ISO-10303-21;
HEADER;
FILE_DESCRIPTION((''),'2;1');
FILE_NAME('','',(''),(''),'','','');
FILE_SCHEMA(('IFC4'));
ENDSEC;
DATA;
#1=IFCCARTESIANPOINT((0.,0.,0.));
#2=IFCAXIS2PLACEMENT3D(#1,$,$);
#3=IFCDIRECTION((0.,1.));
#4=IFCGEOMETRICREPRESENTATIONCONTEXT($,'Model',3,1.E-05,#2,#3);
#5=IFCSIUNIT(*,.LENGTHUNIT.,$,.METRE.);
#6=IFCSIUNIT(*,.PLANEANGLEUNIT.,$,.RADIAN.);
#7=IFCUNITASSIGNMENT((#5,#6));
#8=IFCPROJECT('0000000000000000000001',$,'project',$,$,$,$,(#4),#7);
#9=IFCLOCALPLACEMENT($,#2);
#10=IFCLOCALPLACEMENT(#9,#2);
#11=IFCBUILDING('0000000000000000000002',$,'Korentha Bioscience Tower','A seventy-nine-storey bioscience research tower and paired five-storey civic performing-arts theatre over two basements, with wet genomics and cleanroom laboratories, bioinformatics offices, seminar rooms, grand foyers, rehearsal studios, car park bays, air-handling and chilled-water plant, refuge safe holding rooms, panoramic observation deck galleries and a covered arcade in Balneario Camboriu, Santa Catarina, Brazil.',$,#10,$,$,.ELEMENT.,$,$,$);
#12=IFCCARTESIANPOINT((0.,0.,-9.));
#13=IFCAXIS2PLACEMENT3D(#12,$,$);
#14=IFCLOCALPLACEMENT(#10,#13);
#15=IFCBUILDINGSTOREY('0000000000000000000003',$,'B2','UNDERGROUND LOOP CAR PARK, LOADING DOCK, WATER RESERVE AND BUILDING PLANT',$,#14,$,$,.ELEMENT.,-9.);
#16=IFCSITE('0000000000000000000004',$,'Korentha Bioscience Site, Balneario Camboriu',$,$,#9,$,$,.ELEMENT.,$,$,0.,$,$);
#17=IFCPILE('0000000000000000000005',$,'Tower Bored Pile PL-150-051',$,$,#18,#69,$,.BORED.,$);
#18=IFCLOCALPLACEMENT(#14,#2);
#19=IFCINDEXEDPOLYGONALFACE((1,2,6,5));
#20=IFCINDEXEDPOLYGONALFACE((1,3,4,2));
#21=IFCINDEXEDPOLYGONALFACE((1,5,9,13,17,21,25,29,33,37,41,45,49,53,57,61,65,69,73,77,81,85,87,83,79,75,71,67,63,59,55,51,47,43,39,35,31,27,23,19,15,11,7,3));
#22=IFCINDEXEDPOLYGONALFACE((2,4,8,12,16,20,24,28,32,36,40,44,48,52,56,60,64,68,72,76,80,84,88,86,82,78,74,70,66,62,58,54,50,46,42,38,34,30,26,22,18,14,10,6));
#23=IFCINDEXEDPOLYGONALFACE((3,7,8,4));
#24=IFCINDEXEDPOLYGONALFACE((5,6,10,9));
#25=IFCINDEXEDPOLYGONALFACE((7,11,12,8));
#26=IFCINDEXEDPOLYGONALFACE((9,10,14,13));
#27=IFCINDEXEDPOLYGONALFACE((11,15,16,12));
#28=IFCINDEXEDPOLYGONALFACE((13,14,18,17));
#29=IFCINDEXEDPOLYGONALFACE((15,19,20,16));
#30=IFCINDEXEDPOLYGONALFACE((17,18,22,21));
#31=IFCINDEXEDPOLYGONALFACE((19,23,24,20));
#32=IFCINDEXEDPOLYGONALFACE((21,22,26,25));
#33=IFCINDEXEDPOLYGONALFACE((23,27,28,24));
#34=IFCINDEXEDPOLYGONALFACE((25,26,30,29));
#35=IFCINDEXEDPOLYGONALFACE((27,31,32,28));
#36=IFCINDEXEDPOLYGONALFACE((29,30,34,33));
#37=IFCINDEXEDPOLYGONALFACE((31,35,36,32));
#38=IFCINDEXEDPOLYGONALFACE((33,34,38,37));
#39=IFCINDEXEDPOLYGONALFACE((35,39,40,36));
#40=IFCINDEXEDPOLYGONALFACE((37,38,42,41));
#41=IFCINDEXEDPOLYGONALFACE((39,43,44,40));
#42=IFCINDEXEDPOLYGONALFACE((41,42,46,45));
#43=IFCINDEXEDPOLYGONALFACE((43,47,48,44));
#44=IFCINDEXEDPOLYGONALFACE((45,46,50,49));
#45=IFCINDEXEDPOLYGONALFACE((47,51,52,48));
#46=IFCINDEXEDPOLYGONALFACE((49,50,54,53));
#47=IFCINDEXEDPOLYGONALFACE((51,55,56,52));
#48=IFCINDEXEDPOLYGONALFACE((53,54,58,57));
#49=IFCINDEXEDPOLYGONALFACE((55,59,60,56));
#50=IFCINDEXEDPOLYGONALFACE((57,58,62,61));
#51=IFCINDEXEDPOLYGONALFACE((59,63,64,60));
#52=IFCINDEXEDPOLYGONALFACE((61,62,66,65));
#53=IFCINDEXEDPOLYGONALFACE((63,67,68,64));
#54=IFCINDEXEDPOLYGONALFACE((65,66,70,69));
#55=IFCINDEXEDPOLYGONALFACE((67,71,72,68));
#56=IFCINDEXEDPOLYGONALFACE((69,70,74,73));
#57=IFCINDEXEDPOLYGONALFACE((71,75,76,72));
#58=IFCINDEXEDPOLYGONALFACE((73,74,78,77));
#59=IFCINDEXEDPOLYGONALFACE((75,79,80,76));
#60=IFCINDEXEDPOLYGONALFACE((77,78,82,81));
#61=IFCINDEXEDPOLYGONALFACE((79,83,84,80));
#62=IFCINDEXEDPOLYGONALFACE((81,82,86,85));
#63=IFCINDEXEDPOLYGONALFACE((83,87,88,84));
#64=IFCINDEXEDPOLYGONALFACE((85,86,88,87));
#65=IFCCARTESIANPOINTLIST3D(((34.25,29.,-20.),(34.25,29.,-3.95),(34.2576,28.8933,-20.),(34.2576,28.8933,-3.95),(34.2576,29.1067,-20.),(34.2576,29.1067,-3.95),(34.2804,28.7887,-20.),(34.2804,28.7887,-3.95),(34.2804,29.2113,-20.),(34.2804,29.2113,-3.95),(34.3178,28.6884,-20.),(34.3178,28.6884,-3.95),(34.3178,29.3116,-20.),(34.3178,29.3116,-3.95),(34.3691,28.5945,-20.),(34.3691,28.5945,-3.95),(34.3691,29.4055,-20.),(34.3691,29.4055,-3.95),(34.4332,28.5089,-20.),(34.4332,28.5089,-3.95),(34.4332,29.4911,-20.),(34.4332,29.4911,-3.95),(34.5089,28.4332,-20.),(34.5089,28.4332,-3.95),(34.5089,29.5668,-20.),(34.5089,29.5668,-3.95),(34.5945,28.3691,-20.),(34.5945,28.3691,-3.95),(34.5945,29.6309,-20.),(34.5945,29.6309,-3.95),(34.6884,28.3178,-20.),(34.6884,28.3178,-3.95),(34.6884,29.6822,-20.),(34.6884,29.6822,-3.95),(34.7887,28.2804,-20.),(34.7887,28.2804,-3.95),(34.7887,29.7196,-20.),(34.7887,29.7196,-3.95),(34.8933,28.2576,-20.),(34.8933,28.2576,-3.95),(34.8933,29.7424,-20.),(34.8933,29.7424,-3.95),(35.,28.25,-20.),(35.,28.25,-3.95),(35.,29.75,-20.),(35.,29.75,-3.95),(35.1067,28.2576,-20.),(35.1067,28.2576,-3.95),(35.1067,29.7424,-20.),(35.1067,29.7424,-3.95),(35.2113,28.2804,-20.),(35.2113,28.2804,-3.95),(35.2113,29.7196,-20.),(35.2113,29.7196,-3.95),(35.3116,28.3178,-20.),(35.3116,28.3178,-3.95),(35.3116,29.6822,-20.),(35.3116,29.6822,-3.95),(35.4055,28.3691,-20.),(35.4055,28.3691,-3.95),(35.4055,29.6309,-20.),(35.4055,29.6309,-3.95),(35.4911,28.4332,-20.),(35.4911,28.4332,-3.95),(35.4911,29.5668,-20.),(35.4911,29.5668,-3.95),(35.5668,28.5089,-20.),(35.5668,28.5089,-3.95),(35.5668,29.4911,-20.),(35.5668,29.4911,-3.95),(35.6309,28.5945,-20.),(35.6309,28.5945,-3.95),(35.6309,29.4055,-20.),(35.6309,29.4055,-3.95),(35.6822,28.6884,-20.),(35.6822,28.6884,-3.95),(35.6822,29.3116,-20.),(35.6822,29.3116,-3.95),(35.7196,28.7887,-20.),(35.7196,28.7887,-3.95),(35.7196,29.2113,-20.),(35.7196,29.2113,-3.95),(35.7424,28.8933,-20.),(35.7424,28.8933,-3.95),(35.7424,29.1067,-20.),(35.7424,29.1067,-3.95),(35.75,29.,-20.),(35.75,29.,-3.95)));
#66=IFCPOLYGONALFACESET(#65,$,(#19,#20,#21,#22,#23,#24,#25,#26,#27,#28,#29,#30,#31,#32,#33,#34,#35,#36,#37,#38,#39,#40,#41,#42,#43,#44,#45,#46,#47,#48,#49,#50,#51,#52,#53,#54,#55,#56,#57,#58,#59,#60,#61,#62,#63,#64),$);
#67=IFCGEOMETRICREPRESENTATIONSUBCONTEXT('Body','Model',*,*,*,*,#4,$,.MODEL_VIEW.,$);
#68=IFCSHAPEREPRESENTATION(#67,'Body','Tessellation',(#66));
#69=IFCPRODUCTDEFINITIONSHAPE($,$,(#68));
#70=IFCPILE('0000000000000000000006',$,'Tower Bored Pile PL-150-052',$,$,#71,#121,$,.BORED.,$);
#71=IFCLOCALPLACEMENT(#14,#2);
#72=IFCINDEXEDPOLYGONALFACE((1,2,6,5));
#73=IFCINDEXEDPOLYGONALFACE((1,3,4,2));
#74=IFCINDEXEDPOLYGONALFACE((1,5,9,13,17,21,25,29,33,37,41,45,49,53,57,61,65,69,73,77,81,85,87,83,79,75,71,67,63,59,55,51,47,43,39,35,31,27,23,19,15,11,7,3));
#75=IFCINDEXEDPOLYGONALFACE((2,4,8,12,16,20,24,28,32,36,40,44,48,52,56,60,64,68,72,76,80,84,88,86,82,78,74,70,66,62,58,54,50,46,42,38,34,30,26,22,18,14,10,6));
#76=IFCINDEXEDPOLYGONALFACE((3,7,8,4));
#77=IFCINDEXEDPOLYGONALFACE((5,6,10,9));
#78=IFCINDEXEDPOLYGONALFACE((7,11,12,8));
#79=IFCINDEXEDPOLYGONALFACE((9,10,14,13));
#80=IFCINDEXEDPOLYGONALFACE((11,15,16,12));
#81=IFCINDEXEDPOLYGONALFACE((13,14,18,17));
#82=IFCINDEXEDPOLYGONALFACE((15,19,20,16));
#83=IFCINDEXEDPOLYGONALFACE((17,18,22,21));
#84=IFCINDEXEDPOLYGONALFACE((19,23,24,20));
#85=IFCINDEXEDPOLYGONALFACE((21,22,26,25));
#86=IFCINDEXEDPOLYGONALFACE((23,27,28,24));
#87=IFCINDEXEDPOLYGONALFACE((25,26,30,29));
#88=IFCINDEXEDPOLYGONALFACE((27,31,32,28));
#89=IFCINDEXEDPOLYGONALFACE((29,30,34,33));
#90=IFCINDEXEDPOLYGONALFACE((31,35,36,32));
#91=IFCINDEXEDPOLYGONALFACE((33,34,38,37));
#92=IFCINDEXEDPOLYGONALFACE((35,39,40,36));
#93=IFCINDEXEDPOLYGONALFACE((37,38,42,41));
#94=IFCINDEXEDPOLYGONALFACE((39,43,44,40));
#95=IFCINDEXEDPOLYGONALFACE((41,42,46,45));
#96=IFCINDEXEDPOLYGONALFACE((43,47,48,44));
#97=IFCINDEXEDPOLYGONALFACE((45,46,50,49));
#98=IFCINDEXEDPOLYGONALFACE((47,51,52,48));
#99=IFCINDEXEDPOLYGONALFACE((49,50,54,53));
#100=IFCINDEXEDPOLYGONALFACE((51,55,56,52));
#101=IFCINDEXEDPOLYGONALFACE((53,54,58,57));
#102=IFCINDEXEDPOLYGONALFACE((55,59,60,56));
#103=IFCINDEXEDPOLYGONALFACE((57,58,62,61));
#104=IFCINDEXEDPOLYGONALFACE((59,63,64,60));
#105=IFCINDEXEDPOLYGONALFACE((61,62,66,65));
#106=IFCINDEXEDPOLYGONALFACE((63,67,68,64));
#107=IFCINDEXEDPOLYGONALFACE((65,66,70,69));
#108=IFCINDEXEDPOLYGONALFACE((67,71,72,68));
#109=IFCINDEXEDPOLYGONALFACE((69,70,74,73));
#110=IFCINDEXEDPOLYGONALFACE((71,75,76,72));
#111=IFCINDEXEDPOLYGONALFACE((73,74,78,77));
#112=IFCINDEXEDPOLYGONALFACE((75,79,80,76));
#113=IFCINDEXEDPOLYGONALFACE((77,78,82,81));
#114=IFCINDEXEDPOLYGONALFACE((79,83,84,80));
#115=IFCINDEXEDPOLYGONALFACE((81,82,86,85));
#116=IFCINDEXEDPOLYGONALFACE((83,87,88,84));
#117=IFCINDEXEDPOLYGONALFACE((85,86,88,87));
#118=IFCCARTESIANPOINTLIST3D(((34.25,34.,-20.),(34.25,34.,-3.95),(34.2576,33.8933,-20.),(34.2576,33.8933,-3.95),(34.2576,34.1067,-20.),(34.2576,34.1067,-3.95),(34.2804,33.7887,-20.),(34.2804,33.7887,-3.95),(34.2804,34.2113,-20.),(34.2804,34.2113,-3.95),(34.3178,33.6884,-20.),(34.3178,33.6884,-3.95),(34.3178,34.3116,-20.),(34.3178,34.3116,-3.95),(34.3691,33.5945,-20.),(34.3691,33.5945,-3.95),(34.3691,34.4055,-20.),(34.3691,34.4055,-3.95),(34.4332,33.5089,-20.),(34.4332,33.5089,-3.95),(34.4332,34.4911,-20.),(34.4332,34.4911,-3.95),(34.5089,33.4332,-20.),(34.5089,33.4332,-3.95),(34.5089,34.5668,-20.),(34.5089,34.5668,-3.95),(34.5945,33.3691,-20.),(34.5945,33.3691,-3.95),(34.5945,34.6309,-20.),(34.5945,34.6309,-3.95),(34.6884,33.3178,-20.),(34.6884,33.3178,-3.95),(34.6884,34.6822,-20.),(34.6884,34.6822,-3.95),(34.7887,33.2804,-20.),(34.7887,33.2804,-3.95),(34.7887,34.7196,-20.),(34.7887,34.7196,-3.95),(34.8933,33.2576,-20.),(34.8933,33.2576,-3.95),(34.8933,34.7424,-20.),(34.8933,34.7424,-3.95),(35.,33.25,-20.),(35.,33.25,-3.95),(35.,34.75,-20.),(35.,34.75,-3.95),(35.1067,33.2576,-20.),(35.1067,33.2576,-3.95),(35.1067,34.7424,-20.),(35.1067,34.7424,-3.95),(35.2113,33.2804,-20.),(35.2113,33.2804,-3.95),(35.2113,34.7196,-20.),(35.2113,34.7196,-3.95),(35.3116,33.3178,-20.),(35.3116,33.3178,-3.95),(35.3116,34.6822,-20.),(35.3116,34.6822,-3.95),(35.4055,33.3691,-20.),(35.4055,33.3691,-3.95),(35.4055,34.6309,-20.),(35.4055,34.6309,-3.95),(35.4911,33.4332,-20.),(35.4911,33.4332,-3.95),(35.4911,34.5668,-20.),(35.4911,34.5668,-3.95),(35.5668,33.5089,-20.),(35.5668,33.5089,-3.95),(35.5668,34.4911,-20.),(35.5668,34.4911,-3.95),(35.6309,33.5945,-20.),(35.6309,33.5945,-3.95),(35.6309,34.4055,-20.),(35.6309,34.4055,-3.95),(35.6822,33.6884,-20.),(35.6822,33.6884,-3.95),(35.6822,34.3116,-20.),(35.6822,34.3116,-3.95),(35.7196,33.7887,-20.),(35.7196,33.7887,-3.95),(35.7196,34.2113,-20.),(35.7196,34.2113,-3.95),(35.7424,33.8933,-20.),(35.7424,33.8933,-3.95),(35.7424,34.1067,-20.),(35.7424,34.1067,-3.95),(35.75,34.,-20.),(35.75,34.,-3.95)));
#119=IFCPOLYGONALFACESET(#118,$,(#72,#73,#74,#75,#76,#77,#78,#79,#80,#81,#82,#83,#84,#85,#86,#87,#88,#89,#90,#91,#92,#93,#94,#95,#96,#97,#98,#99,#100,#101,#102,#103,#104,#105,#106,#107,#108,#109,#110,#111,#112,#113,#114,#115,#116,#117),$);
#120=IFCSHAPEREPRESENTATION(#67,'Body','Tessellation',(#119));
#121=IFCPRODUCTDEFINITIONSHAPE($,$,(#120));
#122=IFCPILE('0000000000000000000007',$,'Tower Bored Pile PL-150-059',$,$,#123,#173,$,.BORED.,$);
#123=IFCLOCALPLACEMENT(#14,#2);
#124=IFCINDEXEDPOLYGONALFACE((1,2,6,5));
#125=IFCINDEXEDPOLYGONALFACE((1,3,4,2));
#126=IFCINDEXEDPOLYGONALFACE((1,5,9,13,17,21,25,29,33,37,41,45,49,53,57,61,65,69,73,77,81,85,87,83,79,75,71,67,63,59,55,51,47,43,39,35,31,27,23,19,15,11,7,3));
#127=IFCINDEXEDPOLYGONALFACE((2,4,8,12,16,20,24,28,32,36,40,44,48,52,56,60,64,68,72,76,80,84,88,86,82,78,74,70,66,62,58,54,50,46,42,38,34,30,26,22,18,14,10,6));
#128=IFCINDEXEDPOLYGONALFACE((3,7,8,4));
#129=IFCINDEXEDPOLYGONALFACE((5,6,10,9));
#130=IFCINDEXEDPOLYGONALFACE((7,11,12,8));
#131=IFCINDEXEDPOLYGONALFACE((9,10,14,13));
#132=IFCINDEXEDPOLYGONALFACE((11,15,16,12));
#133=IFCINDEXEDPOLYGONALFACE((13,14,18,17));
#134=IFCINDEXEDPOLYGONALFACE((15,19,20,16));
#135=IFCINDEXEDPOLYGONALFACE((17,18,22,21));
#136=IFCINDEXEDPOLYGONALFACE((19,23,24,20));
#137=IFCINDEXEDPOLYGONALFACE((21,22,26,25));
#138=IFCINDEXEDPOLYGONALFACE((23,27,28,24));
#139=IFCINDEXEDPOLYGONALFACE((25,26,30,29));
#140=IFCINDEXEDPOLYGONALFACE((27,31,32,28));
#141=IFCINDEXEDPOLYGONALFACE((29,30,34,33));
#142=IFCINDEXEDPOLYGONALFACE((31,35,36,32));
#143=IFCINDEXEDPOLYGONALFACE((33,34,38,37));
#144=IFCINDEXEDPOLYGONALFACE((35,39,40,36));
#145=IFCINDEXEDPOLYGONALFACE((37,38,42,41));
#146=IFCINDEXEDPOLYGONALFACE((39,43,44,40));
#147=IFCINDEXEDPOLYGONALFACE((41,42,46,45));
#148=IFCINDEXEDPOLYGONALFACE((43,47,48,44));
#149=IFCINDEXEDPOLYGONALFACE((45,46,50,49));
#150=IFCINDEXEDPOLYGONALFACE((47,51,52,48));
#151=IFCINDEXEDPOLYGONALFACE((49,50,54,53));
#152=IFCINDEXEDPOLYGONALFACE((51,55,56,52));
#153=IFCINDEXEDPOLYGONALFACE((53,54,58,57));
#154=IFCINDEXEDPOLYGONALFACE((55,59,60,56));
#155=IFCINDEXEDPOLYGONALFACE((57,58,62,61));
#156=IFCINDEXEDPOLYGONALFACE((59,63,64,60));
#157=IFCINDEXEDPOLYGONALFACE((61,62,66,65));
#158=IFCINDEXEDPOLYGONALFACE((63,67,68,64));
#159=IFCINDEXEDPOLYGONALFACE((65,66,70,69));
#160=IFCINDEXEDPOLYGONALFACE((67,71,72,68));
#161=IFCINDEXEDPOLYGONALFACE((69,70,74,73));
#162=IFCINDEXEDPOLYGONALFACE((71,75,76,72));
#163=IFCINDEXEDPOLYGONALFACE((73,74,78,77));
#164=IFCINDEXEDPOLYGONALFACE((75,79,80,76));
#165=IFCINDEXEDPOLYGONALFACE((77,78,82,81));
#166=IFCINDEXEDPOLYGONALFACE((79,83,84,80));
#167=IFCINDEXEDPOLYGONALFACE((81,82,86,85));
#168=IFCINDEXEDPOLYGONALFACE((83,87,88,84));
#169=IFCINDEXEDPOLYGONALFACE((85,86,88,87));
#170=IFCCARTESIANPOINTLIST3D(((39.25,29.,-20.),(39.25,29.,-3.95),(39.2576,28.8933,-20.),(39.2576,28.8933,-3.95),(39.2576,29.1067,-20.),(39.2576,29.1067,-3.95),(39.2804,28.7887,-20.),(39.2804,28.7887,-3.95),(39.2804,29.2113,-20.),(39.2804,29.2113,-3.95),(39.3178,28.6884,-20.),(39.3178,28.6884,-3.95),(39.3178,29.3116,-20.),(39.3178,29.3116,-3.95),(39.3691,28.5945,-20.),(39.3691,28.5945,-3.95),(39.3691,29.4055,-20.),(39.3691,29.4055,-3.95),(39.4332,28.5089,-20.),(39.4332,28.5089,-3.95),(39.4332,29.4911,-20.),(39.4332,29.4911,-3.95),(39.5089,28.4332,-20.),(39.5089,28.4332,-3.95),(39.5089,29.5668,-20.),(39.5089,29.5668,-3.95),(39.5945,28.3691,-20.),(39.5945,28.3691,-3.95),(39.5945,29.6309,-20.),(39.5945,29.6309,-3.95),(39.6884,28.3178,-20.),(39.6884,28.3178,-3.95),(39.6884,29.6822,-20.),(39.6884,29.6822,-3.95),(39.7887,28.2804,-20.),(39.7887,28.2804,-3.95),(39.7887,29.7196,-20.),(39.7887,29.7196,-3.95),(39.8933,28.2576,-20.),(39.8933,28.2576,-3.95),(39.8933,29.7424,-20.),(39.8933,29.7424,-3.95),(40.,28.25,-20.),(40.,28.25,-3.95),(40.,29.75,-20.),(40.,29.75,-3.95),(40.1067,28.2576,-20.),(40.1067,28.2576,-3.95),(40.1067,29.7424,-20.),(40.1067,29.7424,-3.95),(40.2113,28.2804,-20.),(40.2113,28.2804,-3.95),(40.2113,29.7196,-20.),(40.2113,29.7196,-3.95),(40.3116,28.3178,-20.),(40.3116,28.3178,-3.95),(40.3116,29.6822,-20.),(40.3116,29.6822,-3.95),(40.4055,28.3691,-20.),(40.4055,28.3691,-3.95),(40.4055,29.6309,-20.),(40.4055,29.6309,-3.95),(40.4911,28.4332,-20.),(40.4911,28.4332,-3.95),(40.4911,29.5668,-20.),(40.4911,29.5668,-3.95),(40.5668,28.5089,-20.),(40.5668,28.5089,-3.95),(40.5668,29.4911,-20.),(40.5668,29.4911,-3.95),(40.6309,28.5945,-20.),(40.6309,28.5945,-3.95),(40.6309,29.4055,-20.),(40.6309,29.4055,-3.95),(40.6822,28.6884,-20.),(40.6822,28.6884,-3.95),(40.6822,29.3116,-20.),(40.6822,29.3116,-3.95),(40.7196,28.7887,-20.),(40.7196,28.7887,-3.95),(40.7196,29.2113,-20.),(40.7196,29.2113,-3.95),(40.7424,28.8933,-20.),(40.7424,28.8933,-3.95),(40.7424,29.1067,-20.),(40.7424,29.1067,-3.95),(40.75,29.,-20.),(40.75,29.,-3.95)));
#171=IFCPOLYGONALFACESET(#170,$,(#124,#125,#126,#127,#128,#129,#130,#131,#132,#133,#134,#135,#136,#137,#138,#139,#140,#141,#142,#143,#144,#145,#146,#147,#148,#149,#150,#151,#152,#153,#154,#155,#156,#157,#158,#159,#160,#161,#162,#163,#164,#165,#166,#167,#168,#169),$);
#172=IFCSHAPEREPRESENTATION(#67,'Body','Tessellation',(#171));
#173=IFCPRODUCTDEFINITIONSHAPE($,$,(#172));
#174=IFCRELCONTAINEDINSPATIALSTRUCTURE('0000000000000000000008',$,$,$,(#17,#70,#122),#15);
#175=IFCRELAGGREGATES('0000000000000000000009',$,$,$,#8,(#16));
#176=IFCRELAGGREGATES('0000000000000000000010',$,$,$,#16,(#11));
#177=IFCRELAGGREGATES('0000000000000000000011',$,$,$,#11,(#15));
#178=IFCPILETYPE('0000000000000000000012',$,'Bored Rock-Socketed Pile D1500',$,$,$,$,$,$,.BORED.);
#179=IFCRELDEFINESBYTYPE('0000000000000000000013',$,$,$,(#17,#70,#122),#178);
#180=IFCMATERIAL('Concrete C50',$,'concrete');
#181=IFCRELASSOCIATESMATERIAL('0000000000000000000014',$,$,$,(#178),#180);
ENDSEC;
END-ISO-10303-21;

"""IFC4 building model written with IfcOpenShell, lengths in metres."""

from ifc_helpers import new_model, si_unit, direction, frame, origin, origin_2d, place, context, subcontext, project, spatial, circle, extrude, material, material_profile, profile_set, type_object, element, save


model = new_model("IFC4")

# Units and contexts
model_context = context("Model", 3, precision=1e-05, world=origin(), true_north=direction((0.0, 1.0)))
body_context = subcontext(model_context, "Body", "Model", "MODEL_VIEW")
ifc_project = project(units=[si_unit("LENGTHUNIT", "METRE"), si_unit("PLANEANGLEUNIT", "RADIAN")], contexts=[model_context])

# Site, building, storey
site_placement = place(None, origin())
site = spatial("IfcSite", under=ifc_project, at=site_placement, Name="Korentha Bioscience Site, Balneario Camboriu", CompositionType="ELEMENT", RefElevation=0.0)
building_placement = place(site_placement, origin())
building = spatial("IfcBuilding", under=site, at=building_placement, Name="Korentha Bioscience Tower", Description="A seventy-nine-storey bioscience research tower and paired five-storey civic performing-arts theatre over two basements, with wet genomics and cleanroom laboratories, bioinformatics offices, seminar rooms, grand foyers, rehearsal studios, car park bays, air-handling and chilled-water plant, refuge safe holding rooms, panoramic observation deck galleries and a covered arcade in Balneario Camboriu, Santa Catarina, Brazil.", CompositionType="ELEMENT")
storey_placement = place(building_placement, frame((0.0, 0.0, -9.0)))
storey = spatial("IfcBuildingStorey", under=building, at=storey_placement, Name="B2", Description="UNDERGROUND LOOP CAR PARK, LOADING DOCK, WATER RESERVE AND BUILDING PLANT", CompositionType="ELEMENT", Elevation=-9.0)

# Piles
ifc_material_1 = material(Name="Concrete C50", Category="concrete")
ifc_material_profile_1 = material_profile(ifc_material_1, circle(Radius=0.75, at=origin_2d()), Name="Concrete C50")
ifc_profile_set_1 = profile_set([ifc_material_profile_1], Name="Concrete C50 (PL-150)")
pile_type = type_object("IfcPileType", Name="Bored Rock-Socketed Pile D1500", PredefinedType="BORED", material=ifc_profile_set_1)
for number, where, z_axis, x_axis, name in (
    (1, (35.0, 29.0, -3.95), (0.0, 0.0, -1.0), (1.0, 0.0, 0.0), "Tower Bored Pile PL-150-051"),
    (2, (35.0, 34.0, -3.95), (0.0, 0.0, -1.0), (1.0, 0.0, 0.0), "Tower Bored Pile PL-150-052"),
    (3, (40.0, 29.0, -3.95), (0.0, 0.0, -1.0), (1.0, 0.0, 0.0), "Tower Bored Pile PL-150-059"),
):
    element("IfcPile", number, at=place(storey_placement, frame(where, z_axis=z_axis, x_axis=x_axis)), inside=storey, type_object=pile_type, Name=name, PredefinedType="BORED", context=body_context, shape_type="SweptSolid", body=[
        extrude(circle(Radius=0.75, at=origin_2d()), origin(), (0.0, 0.0, 1.0), 16.05),
    ])

save(model, "model.ifc")
